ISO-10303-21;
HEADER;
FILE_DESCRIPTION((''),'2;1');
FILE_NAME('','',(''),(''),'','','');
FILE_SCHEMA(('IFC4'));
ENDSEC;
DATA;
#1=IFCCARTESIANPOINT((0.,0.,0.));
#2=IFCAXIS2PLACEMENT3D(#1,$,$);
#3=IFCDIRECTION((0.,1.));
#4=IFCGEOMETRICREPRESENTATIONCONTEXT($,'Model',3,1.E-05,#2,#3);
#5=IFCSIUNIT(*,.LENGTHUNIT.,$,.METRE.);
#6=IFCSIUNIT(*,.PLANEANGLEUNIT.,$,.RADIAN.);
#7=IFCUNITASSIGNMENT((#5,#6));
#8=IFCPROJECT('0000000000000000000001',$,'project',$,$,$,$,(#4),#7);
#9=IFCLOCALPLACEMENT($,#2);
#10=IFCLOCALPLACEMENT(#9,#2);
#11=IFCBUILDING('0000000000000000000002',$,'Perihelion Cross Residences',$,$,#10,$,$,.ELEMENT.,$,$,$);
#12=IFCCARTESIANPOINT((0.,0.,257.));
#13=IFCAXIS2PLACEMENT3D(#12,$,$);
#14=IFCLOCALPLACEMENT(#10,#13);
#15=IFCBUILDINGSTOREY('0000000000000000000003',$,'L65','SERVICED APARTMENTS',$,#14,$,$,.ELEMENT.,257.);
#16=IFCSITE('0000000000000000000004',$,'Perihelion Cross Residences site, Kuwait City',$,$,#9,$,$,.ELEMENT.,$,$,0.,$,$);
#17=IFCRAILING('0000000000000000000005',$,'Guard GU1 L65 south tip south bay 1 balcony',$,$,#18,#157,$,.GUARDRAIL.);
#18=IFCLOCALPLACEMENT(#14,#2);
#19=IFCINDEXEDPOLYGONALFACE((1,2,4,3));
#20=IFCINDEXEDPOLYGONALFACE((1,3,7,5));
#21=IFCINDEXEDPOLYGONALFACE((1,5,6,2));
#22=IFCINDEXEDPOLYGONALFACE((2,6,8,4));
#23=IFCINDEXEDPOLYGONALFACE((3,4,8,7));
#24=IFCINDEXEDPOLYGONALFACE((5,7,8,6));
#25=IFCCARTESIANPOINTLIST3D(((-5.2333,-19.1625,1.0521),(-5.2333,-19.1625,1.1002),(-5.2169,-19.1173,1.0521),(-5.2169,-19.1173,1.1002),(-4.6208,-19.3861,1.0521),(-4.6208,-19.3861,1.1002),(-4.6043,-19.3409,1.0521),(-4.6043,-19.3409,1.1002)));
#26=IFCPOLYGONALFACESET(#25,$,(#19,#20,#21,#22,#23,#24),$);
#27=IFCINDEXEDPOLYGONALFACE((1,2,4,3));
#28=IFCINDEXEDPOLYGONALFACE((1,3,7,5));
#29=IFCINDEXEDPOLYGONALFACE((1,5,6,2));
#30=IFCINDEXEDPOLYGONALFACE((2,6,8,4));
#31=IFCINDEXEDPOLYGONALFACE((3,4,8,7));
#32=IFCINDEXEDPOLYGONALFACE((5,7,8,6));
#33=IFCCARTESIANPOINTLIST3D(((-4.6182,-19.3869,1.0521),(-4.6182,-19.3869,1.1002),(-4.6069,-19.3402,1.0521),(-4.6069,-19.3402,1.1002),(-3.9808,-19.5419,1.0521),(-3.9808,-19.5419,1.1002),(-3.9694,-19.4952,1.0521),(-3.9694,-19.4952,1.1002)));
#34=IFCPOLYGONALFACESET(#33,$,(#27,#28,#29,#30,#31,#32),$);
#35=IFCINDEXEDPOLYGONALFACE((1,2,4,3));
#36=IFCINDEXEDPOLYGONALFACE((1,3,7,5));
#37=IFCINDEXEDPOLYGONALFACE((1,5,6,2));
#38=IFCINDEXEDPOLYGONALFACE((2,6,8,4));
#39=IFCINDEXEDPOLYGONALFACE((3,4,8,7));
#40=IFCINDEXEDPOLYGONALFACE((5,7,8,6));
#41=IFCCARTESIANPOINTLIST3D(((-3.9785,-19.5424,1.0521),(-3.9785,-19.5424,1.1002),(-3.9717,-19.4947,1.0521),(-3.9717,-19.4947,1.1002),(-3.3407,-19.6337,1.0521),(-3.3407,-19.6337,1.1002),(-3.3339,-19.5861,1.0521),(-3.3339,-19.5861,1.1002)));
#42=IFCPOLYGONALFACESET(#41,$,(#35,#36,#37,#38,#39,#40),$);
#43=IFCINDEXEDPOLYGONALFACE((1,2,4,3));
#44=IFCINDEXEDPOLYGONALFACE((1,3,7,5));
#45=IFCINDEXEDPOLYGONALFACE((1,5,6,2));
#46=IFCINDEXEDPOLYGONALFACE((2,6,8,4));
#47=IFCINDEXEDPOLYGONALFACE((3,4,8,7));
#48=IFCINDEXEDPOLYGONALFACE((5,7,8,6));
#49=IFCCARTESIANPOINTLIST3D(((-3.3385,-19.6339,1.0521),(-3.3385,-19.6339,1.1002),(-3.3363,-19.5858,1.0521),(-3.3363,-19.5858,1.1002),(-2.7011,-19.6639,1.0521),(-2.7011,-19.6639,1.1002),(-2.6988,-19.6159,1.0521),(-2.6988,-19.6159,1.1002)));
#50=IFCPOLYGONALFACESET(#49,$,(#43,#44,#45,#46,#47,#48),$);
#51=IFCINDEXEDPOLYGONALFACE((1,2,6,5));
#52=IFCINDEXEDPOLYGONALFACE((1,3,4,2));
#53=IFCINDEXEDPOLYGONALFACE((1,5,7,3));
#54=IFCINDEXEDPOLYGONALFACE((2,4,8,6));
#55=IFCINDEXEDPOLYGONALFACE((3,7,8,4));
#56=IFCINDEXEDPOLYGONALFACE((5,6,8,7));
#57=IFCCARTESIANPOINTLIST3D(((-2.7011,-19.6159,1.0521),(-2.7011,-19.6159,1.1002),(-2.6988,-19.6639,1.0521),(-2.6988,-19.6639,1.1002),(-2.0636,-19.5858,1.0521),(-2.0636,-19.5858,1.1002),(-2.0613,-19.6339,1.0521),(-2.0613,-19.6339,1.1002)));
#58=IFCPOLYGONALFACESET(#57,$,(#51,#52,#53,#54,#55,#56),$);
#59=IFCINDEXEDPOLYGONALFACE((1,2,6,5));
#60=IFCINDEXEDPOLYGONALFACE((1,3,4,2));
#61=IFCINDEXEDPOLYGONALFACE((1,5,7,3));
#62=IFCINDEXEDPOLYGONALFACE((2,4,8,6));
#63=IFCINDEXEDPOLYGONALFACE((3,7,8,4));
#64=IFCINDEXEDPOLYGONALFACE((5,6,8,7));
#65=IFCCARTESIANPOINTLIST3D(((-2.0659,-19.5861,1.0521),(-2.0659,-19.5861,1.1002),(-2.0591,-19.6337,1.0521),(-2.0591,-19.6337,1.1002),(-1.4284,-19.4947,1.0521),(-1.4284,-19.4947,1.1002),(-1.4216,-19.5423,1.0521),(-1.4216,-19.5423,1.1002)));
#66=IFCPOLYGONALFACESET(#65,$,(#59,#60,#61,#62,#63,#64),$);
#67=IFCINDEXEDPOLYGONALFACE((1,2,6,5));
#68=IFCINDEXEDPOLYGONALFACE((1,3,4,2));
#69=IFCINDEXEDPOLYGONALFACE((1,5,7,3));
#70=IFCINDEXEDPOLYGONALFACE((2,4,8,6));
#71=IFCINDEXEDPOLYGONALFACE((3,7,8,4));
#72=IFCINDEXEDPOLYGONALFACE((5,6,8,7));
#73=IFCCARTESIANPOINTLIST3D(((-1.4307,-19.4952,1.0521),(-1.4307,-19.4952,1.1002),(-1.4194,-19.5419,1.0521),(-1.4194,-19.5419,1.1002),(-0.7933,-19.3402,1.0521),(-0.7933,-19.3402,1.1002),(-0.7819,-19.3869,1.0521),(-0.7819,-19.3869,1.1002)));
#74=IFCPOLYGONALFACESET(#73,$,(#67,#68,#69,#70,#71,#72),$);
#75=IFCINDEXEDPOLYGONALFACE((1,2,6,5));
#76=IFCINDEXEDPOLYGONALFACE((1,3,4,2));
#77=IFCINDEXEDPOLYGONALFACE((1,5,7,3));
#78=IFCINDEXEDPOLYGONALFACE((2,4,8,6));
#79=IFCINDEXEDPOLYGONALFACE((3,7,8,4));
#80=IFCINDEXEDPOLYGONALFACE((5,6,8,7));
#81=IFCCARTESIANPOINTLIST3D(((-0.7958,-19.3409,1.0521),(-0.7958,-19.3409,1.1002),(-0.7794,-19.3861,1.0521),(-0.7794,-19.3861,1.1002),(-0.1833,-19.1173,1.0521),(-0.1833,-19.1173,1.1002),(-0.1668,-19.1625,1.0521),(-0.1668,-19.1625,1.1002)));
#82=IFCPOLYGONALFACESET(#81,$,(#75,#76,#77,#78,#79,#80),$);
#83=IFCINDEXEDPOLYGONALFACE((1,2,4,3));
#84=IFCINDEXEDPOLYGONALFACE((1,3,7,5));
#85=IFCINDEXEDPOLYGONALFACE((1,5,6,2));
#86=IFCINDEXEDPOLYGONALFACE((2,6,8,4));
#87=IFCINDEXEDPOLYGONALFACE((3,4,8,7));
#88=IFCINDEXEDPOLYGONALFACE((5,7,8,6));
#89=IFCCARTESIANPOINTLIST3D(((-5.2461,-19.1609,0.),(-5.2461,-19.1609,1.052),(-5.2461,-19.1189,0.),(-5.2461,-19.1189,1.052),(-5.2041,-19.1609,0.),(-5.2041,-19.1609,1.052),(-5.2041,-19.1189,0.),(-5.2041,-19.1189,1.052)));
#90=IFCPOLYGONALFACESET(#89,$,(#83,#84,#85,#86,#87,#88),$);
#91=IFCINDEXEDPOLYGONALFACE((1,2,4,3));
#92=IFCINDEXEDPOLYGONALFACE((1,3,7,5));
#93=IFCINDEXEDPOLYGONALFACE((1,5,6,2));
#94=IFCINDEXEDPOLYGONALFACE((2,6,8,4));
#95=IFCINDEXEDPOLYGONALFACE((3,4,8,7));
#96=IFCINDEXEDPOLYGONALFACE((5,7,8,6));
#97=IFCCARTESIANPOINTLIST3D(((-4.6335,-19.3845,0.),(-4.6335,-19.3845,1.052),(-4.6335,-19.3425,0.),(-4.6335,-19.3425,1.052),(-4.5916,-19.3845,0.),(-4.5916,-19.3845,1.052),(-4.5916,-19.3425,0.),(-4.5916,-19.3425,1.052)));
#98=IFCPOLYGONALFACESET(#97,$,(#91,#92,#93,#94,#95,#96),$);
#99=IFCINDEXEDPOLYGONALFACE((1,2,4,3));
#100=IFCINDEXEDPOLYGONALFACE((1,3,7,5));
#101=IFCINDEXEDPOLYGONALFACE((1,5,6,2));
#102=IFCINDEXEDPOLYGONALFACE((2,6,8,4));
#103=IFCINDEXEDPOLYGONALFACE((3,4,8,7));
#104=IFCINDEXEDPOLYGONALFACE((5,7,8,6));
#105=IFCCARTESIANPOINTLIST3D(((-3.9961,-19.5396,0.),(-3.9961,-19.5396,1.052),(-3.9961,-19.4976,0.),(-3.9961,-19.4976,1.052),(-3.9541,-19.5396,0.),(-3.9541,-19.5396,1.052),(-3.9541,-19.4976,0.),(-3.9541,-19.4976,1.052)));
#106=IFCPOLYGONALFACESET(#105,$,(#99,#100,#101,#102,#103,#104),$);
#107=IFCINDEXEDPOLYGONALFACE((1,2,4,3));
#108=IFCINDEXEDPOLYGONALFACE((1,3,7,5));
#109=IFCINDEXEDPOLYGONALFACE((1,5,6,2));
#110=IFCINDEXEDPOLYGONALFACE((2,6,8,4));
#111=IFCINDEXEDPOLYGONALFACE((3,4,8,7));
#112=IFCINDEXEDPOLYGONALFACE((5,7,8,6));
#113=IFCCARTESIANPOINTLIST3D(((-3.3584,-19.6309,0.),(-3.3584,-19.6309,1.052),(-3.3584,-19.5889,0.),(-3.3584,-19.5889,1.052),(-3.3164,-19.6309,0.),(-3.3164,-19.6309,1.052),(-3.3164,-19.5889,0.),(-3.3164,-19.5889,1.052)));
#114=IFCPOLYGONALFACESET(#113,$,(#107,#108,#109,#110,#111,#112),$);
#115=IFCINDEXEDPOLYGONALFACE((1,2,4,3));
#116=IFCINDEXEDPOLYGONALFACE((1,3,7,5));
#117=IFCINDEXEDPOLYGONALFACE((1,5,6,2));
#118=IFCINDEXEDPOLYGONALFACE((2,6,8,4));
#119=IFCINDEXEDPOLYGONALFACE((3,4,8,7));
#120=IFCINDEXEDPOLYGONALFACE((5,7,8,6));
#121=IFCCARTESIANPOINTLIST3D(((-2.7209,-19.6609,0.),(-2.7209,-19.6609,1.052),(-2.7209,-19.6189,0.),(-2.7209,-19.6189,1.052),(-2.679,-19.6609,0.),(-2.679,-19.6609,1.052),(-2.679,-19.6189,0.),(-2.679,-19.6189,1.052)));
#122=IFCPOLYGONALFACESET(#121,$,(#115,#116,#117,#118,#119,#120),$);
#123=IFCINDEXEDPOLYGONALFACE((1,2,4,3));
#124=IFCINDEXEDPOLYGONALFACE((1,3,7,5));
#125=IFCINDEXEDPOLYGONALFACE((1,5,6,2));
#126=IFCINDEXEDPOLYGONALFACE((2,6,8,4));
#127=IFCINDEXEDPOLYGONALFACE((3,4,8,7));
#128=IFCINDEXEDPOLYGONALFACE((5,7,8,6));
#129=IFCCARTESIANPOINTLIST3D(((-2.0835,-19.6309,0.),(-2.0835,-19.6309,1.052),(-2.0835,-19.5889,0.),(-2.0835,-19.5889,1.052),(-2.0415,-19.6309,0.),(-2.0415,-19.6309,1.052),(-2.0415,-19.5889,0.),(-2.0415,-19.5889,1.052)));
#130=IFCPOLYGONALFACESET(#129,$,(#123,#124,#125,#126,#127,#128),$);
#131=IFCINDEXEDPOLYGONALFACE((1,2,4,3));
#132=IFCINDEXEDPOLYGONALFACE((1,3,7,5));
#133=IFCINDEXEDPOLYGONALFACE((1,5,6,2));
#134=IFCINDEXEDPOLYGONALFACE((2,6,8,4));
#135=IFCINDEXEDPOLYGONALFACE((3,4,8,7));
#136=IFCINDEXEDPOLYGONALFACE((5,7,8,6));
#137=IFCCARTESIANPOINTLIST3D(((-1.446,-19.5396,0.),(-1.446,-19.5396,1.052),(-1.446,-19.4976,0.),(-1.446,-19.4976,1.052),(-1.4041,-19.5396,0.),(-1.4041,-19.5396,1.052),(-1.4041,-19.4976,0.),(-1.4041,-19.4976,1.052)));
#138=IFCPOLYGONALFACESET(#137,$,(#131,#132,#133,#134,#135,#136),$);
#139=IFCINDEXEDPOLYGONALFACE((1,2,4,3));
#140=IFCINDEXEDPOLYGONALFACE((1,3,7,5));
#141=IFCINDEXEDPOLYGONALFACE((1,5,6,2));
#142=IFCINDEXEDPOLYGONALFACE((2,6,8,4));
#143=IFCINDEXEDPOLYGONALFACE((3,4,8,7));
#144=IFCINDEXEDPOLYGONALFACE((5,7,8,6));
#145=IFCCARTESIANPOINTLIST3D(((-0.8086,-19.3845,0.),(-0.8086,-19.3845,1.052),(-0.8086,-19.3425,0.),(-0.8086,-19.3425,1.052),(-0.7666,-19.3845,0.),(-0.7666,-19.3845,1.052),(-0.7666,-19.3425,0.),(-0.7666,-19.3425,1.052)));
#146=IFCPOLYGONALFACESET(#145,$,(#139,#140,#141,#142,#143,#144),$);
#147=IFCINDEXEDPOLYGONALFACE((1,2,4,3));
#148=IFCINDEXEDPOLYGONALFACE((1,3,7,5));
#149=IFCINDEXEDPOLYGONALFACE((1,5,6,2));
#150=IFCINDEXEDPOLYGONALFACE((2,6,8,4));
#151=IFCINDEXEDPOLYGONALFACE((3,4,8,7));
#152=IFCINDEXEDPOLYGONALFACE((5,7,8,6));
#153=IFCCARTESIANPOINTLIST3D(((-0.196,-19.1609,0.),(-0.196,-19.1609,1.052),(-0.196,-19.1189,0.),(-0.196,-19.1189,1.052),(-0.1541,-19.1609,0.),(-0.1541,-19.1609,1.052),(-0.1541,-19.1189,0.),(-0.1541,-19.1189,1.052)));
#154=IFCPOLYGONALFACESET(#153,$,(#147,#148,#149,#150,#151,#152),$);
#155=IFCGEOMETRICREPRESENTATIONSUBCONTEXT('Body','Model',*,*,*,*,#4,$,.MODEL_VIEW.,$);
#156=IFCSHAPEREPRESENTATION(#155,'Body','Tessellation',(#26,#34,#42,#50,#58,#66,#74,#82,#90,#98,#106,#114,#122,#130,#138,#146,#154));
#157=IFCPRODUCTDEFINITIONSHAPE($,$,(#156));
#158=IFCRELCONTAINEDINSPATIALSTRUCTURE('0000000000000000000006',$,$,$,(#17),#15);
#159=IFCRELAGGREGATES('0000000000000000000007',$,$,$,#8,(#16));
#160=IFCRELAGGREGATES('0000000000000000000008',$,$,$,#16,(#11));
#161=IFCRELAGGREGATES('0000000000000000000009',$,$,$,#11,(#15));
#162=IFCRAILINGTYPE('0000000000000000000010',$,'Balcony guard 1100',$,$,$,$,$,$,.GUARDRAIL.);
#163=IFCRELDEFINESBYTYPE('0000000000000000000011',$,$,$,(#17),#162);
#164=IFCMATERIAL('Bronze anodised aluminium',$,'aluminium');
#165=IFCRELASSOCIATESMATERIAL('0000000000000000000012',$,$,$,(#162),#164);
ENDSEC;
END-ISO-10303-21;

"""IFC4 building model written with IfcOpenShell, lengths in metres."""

from ifc_helpers import new_model, si_unit, direction, frame, origin, origin_2d, place, context, subcontext, project, spatial, rectangle, extrude, material, type_object, element, save


model = new_model("IFC4")

# Units and contexts
model_context = context("Model", 3, precision=1e-05, world=origin(), true_north=direction((0.0, 1.0)))
body_context = subcontext(model_context, "Body", "Model", "MODEL_VIEW")
ifc_project = project(units=[si_unit("LENGTHUNIT", "METRE"), si_unit("PLANEANGLEUNIT", "RADIAN")], contexts=[model_context])

# Site, building, storey
site_placement = place(None, origin())
site = spatial("IfcSite", under=ifc_project, at=site_placement, Name="Perihelion Cross Residences site, Kuwait City", CompositionType="ELEMENT", RefElevation=0.0)
building_placement = place(site_placement, origin())
building = spatial("IfcBuilding", under=site, at=building_placement, Name="Perihelion Cross Residences", CompositionType="ELEMENT")
storey_placement = place(building_placement, frame((0.0, 0.0, 257.0)))
storey = spatial("IfcBuildingStorey", under=building, at=storey_placement, Name="L65", Description="SERVICED APARTMENTS", CompositionType="ELEMENT", Elevation=257.0)

# Railing
ifc_material_1 = material(Name="Bronze anodised aluminium", Category="aluminium")
railing_type = type_object("IfcRailingType", Name="Balcony guard 1100", PredefinedType="GUARDRAIL", material=ifc_material_1)
railing_1_placement = place(storey_placement, frame((-5.2251, -19.1399, 0.0)))
element("IfcRailing", 1, at=railing_1_placement, inside=storey, type_object=railing_type, Name="Guard GU1 L65 south tip south bay 1 balcony", PredefinedType="GUARDRAIL", context=body_context, shape_type="SweptSolid", body=[
    extrude(rectangle(XDim=0.0481, YDim=0.0481, at=origin_2d()), frame((0.0, 0.0, 1.0762), z_axis=(0.939355, -0.342945, 0.0), x_axis=(0.342945, 0.939355, 0.0)), (0.0, 0.0, 1.0), 0.6521),
    extrude(rectangle(XDim=0.0481, YDim=0.0481, at=origin_2d()), frame((0.6125, -0.2236, 1.0762), z_axis=(0.971677, -0.236314, 0.0), x_axis=(0.236314, 0.971677, 0.0)), (0.0, 0.0, 1.0), 0.656),
    extrude(rectangle(XDim=0.0481, YDim=0.0481, at=origin_2d()), frame((1.25, -0.3787, 1.0762), z_axis=(0.989904, -0.14174, 0.0), x_axis=(0.14174, 0.989904, 0.0)), (0.0, 0.0, 1.0), 0.6443),
    extrude(rectangle(XDim=0.0481, YDim=0.0481, at=origin_2d()), frame((1.8877, -0.47, 1.0762), z_axis=(0.998892, -0.047056, 0.0), x_axis=(0.047056, 0.998892, 0.0)), (0.0, 0.0, 1.0), 0.6382),
    extrude(rectangle(XDim=0.0481, YDim=0.0481, at=origin_2d()), frame((2.5251, -0.5, 1.0762), z_axis=(0.998892, 0.047056, 0.0), x_axis=(-0.047056, 0.998892, 0.0)), (0.0, 0.0, 1.0), 0.6382),
    extrude(rectangle(XDim=0.0481, YDim=0.0481, at=origin_2d()), frame((3.1626, -0.47, 1.0762), z_axis=(0.989896, 0.141793, 0.0), x_axis=(-0.141793, 0.989896, 0.0)), (0.0, 0.0, 1.0), 0.644),
    extrude(rectangle(XDim=0.0481, YDim=0.0481, at=origin_2d()), frame((3.8, -0.3787, 1.0762), z_axis=(0.971677, 0.236314, 0.0), x_axis=(-0.236314, 0.971677, 0.0)), (0.0, 0.0, 1.0), 0.656),
    extrude(rectangle(XDim=0.0481, YDim=0.0481, at=origin_2d()), frame((4.4375, -0.2236, 1.0762), z_axis=(0.939355, 0.342945, 0.0), x_axis=(-0.342945, 0.939355, 0.0)), (0.0, 0.0, 1.0), 0.6521),
    extrude(rectangle(XDim=0.042, YDim=0.042, at=origin_2d()), origin(), (0.0, 0.0, 1.0), 1.052),
    extrude(rectangle(XDim=0.042, YDim=0.042, at=origin_2d()), frame((0.6125, -0.2236, 0.0)), (0.0, 0.0, 1.0), 1.052),
    extrude(rectangle(XDim=0.042, YDim=0.042, at=origin_2d()), frame((1.25, -0.3787, 0.0)), (0.0, 0.0, 1.0), 1.052),
    extrude(rectangle(XDim=0.042, YDim=0.042, at=origin_2d()), frame((1.8877, -0.47, 0.0)), (0.0, 0.0, 1.0), 1.052),
    extrude(rectangle(XDim=0.042, YDim=0.042, at=origin_2d()), frame((2.5251, -0.5, 0.0)), (0.0, 0.0, 1.0), 1.052),
    extrude(rectangle(XDim=0.042, YDim=0.042, at=origin_2d()), frame((3.1626, -0.47, 0.0)), (0.0, 0.0, 1.0), 1.052),
    extrude(rectangle(XDim=0.042, YDim=0.042, at=origin_2d()), frame((3.8, -0.3787, 0.0)), (0.0, 0.0, 1.0), 1.052),
    extrude(rectangle(XDim=0.042, YDim=0.042, at=origin_2d()), frame((4.4375, -0.2236, 0.0)), (0.0, 0.0, 1.0), 1.052),
    extrude(rectangle(XDim=0.042, YDim=0.042, at=origin_2d()), frame((5.05, 0.0, 0.0)), (0.0, 0.0, 1.0), 1.052),
])

save(model, "model.ifc")
